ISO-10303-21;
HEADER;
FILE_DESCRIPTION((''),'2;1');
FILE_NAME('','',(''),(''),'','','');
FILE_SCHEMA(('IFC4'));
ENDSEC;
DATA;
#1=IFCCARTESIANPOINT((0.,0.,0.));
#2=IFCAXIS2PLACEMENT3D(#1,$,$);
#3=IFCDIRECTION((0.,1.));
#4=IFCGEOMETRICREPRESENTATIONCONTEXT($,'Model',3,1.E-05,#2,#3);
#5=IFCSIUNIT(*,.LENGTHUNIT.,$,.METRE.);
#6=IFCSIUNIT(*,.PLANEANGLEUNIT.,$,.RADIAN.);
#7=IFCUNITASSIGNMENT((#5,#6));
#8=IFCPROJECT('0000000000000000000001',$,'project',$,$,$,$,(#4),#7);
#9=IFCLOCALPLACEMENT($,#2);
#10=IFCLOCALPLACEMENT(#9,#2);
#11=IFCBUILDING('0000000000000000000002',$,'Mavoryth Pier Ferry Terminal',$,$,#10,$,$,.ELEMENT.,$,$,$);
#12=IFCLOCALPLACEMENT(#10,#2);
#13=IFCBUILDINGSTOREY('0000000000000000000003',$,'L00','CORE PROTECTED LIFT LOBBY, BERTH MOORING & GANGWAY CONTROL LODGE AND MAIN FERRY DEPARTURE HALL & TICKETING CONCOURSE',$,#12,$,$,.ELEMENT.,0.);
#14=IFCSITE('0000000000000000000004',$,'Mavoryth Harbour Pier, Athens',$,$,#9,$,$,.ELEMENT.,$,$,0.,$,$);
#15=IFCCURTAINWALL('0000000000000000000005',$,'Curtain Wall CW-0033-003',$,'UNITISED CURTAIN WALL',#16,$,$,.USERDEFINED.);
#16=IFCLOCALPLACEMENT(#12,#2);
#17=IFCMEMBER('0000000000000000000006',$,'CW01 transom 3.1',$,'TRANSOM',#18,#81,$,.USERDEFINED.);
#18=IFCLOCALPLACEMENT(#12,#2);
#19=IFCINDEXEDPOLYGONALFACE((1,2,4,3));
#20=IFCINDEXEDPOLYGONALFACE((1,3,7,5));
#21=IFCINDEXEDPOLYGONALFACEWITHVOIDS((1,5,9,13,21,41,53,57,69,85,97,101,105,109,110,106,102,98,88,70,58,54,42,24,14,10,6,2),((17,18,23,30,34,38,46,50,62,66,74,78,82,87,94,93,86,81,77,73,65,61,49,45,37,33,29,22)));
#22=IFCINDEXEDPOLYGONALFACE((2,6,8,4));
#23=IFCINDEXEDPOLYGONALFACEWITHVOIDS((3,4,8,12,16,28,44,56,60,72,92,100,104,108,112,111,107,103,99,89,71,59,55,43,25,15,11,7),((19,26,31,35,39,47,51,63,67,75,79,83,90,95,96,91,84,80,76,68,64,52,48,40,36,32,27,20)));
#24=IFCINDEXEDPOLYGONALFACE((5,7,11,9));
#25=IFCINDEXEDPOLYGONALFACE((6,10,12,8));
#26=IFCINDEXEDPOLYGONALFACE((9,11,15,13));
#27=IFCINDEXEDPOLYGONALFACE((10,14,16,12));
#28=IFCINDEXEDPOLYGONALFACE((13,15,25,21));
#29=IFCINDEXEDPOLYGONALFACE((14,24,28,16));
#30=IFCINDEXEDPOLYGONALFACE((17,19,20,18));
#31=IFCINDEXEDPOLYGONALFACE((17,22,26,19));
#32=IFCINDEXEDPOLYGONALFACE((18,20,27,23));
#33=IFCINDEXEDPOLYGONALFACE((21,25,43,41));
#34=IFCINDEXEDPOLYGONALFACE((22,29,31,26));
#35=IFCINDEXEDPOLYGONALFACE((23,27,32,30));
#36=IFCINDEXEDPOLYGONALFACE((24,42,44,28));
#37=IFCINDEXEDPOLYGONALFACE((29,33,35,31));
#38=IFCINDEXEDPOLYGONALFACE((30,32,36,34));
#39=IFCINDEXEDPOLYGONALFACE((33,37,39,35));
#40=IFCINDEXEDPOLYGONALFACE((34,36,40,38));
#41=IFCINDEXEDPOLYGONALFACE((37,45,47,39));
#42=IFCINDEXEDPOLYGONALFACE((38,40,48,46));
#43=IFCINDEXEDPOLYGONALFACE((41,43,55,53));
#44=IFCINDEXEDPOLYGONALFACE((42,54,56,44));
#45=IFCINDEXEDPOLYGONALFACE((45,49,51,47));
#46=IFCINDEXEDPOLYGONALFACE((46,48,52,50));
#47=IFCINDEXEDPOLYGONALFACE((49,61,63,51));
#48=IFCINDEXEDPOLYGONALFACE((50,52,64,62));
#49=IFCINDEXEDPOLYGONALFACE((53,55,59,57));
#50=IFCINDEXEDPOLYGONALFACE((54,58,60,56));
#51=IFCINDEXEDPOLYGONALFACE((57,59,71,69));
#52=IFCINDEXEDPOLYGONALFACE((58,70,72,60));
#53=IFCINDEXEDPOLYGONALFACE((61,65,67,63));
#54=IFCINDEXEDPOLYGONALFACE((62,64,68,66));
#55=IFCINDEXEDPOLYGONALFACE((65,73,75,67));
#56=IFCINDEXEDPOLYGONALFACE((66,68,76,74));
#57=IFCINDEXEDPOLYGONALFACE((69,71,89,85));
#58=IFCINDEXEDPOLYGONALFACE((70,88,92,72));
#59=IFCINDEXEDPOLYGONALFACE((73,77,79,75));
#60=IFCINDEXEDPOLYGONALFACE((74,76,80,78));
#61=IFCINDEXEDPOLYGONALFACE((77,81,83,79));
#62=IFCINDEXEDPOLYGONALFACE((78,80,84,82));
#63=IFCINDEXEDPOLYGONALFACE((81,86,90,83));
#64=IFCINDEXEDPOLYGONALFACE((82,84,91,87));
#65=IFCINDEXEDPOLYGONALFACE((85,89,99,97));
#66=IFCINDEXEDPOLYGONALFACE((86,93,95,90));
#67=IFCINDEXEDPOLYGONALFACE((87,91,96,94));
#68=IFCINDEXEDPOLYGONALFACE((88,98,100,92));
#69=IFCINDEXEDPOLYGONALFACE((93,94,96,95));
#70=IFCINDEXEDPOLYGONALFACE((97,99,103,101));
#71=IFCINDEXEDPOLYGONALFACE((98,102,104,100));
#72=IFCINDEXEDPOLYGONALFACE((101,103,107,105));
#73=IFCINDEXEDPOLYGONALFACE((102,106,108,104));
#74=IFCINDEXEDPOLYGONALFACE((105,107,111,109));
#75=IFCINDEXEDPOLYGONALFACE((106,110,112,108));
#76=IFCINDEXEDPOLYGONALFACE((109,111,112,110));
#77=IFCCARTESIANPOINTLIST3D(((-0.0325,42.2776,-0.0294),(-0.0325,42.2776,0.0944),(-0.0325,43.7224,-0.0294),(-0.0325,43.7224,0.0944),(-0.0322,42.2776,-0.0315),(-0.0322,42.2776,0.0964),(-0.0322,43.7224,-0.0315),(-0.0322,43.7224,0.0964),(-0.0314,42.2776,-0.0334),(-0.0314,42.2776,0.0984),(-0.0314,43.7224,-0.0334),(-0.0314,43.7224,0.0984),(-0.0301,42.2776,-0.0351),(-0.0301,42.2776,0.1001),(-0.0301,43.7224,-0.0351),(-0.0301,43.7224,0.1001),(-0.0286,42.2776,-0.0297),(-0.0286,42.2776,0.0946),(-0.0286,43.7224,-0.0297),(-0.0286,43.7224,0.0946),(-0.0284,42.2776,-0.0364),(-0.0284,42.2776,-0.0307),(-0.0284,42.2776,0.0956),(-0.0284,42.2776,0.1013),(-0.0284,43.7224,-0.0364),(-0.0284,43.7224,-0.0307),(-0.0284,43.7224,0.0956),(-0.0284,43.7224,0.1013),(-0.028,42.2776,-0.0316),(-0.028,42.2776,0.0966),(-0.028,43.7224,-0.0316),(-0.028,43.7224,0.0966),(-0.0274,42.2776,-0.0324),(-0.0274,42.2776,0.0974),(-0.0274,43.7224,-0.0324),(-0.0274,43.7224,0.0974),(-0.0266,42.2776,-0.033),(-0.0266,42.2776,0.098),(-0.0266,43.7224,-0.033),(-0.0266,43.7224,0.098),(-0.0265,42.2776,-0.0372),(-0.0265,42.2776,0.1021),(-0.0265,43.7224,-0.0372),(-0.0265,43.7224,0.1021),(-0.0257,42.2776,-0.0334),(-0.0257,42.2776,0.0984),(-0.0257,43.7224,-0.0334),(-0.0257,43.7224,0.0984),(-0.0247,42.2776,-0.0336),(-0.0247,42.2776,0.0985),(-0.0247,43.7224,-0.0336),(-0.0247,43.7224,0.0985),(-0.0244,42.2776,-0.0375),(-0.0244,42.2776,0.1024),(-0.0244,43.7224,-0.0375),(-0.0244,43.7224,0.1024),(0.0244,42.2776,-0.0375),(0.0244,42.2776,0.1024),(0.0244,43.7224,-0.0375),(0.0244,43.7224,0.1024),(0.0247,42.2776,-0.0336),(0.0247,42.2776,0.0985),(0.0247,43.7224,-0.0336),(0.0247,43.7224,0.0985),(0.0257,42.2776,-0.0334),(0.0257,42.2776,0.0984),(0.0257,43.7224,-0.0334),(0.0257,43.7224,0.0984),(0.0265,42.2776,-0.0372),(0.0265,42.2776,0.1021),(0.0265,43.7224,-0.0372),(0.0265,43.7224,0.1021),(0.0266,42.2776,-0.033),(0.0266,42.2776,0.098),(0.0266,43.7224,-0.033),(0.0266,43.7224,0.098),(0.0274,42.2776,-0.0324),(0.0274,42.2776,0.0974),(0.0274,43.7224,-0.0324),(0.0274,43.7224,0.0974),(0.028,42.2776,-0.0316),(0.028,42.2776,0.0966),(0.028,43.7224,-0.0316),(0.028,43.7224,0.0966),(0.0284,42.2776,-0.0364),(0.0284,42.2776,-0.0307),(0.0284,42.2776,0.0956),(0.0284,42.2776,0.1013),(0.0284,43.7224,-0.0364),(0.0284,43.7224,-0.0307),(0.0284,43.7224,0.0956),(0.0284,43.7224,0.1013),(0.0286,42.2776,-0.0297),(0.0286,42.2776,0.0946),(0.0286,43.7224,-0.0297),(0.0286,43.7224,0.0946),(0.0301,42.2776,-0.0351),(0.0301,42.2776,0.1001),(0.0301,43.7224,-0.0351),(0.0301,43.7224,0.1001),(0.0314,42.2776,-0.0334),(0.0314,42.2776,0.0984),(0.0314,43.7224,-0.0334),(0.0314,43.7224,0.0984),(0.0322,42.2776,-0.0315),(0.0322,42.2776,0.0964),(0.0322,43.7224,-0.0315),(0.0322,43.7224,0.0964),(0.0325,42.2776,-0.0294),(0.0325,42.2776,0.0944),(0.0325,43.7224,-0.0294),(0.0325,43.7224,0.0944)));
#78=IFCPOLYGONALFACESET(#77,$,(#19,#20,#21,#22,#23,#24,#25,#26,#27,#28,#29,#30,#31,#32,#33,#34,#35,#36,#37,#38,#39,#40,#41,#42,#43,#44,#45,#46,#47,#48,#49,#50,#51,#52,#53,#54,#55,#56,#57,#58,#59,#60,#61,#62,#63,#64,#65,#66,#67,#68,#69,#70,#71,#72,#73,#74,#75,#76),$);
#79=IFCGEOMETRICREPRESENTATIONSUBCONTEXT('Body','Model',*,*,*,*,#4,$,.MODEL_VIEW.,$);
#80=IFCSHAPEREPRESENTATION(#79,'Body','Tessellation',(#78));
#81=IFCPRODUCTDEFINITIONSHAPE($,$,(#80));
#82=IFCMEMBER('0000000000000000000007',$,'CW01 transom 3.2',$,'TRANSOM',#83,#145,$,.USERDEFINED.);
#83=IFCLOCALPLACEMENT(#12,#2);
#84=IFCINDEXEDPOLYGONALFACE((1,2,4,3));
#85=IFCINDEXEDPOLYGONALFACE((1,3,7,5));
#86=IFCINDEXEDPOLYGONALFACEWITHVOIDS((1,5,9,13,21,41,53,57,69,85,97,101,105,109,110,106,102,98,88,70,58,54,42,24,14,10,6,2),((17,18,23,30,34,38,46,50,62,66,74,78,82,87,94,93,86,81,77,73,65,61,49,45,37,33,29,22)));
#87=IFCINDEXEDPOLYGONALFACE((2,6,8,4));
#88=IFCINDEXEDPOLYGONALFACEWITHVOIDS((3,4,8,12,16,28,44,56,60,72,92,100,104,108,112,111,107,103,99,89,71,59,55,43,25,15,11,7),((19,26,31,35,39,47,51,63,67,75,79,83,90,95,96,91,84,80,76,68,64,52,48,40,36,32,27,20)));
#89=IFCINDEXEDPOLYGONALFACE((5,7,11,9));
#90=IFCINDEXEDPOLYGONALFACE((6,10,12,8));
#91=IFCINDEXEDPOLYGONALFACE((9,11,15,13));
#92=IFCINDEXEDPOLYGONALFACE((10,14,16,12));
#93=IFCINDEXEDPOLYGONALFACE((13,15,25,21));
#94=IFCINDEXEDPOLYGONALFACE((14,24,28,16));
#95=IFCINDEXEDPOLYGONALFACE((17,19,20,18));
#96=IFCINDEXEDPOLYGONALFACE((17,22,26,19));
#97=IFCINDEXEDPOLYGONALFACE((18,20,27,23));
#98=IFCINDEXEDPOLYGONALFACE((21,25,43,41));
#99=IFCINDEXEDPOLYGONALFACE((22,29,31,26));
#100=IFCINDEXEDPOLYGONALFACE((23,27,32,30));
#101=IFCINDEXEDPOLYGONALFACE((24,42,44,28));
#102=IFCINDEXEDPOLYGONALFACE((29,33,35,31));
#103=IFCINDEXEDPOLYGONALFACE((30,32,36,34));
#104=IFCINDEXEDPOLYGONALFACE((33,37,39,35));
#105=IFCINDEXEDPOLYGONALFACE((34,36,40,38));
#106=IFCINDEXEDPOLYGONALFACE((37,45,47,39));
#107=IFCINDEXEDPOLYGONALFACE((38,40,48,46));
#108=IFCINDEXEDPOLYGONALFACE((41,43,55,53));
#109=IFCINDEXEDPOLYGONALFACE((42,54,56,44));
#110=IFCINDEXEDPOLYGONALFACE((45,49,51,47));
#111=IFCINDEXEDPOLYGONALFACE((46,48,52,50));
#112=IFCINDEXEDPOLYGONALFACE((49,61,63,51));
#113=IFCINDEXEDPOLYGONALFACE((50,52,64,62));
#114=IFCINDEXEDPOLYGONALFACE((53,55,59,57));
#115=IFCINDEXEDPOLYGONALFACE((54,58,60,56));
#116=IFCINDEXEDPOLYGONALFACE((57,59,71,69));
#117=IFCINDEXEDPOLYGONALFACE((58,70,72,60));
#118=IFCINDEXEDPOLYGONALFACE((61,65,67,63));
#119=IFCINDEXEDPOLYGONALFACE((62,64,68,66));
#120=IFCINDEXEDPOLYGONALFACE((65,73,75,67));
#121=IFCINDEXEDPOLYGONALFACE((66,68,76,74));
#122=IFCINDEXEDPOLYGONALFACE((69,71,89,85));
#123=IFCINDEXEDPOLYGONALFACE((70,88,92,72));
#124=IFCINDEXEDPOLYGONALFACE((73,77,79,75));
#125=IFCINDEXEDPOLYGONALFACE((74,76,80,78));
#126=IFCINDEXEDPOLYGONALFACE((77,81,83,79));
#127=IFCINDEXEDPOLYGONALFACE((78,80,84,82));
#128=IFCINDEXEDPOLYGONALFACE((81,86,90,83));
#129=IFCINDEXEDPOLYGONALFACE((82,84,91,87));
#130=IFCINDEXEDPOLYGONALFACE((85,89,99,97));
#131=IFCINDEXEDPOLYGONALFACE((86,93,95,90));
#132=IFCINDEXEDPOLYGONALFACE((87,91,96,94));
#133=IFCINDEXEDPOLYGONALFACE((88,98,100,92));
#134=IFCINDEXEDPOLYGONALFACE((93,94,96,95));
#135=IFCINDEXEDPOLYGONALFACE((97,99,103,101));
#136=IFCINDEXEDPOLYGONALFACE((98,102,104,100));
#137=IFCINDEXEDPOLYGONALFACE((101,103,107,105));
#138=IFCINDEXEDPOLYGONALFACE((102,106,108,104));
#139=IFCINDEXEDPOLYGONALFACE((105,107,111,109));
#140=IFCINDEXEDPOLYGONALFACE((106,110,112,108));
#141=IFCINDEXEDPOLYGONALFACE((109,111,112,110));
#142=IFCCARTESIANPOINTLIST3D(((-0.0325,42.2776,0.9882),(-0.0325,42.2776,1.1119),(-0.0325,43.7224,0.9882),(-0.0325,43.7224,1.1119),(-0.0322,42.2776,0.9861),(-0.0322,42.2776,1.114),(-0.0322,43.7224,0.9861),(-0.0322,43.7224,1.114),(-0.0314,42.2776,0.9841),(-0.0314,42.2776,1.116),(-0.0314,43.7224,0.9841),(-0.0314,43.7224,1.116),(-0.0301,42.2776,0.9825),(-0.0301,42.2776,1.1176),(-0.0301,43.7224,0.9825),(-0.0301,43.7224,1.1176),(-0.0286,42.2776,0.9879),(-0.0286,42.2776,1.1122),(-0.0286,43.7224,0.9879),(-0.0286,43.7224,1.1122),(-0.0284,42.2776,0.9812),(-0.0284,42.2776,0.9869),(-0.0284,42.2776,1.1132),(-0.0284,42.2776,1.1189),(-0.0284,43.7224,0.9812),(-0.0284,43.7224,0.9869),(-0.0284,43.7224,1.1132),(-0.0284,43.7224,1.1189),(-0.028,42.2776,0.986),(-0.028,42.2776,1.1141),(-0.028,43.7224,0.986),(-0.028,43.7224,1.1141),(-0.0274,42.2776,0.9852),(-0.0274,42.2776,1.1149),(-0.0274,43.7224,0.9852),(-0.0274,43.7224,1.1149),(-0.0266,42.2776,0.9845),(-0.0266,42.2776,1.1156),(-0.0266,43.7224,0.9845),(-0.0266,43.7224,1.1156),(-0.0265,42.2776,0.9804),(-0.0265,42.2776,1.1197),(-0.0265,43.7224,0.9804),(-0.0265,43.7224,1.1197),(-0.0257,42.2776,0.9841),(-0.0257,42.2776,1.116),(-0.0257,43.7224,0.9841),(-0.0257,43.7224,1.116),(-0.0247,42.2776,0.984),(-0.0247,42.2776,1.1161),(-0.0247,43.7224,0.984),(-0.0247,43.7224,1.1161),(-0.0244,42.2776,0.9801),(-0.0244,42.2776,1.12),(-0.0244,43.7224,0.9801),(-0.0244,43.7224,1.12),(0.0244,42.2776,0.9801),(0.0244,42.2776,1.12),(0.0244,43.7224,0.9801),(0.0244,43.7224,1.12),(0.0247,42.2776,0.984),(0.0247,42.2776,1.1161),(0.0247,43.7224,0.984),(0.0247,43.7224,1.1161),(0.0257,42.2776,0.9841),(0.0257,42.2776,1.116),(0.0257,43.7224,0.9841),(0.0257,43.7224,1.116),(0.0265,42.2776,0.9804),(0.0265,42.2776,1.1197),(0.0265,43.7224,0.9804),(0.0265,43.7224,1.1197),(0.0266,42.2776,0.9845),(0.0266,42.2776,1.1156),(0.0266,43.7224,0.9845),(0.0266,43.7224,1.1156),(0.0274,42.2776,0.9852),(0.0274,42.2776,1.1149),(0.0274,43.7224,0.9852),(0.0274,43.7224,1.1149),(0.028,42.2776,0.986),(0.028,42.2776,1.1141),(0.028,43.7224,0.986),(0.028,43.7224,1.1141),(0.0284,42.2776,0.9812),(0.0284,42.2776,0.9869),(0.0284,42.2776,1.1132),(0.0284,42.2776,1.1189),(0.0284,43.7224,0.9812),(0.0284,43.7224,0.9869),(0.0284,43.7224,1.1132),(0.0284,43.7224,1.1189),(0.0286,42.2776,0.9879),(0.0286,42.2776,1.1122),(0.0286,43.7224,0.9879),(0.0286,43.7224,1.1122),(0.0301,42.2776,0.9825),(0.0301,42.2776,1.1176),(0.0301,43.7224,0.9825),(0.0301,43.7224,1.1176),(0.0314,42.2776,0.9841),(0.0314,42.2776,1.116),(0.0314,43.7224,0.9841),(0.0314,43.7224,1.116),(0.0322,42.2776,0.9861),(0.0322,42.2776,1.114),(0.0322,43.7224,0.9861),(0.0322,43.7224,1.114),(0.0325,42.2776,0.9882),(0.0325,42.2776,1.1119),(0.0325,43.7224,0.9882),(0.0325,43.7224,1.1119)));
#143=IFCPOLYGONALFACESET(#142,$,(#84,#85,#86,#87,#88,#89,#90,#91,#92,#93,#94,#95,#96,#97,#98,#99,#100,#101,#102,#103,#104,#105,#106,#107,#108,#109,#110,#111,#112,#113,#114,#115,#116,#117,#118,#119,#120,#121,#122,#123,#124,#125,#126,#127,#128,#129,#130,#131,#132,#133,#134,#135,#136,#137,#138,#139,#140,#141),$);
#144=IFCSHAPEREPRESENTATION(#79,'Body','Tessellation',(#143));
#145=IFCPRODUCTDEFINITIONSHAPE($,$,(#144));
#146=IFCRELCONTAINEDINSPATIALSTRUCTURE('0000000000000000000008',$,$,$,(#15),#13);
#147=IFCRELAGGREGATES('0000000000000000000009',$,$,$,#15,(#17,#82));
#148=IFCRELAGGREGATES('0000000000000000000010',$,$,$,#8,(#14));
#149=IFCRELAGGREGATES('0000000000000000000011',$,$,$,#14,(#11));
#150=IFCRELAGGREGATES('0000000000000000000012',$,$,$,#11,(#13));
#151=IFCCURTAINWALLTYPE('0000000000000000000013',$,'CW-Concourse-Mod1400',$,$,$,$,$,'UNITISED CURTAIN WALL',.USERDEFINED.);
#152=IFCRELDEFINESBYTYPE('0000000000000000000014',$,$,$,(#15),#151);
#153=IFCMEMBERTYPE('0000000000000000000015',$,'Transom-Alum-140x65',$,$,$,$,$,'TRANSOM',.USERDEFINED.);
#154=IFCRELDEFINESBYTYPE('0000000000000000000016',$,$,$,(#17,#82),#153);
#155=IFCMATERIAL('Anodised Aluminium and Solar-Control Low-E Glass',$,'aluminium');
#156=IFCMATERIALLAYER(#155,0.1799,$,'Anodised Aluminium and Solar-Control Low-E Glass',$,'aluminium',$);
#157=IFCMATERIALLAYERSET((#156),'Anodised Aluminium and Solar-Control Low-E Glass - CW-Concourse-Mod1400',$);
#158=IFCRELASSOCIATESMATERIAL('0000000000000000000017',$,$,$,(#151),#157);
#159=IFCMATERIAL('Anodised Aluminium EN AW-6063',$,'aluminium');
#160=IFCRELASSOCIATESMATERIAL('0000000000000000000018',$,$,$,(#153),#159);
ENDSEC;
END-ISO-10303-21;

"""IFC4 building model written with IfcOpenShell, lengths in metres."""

from ifc_helpers import new_model, si_unit, direction, frame, origin, origin_2d, place, context, subcontext, project, spatial, hollow_rectangle, extrude, material, layer, layer_set, material_profile, profile_set, type_object, element, aggregate, save


model = new_model("IFC4")

# Units and contexts
model_context = context("Model", 3, precision=1e-05, world=origin(), true_north=direction((0.0, 1.0)))
body_context = subcontext(model_context, "Body", "Model", "MODEL_VIEW")
ifc_project = project(units=[si_unit("LENGTHUNIT", "METRE"), si_unit("PLANEANGLEUNIT", "RADIAN")], contexts=[model_context])

# Site, building, storey
site_placement = place(None, origin())
site = spatial("IfcSite", under=ifc_project, at=site_placement, Name="Mavoryth Harbour Pier, Athens", CompositionType="ELEMENT", RefElevation=0.0)
building_placement = place(site_placement, origin())
building = spatial("IfcBuilding", under=site, at=building_placement, Name="Mavoryth Pier Ferry Terminal", CompositionType="ELEMENT")
storey_placement = place(building_placement, origin())
storey = spatial("IfcBuildingStorey", under=building, at=storey_placement, Name="L00", Description="CORE PROTECTED LIFT LOBBY, BERTH MOORING & GANGWAY CONTROL LODGE AND MAIN FERRY DEPARTURE HALL & TICKETING CONCOURSE", CompositionType="ELEMENT", Elevation=0.0)

# Curtain wall, members
ifc_material_1 = material(Name="Anodised Aluminium and Solar-Control Low-E Glass", Category="aluminium")
ifc_layer_1 = layer(ifc_material_1, 0.1799, Name="Anodised Aluminium and Solar-Control Low-E Glass", Category="aluminium")
ifc_layer_set_1 = layer_set([ifc_layer_1], Name="Anodised Aluminium and Solar-Control Low-E Glass - CW-Concourse-Mod1400")
curtain_wall_type = type_object("IfcCurtainWallType", Name="CW-Concourse-Mod1400", ElementType="UNITISED CURTAIN WALL", PredefinedType="USERDEFINED", material=ifc_layer_set_1)
curtain_wall_placement = place(storey_placement, origin())
curtain_wall = element("IfcCurtainWall", 1, at=curtain_wall_placement, inside=storey, type_object=curtain_wall_type, Name="Curtain Wall CW-0033-003", ObjectType="UNITISED CURTAIN WALL", PredefinedType="USERDEFINED")
ifc_material_2 = material(Name="Anodised Aluminium EN AW-6063", Category="aluminium")
ifc_material_profile_1 = material_profile(ifc_material_2, hollow_rectangle(XDim=0.0649, YDim=0.1399, WallThickness=0.0039, InnerFilletRadius=0.0039, OuterFilletRadius=0.0081, at=origin_2d()), Name="AL-TRAN 140x65x4", Category="aluminium")
ifc_profile_set_1 = profile_set([ifc_material_profile_1], Name="Anodised Aluminium EN AW-6063 - AL-TRAN 140x65x4")
member_type_1 = type_object("IfcMemberType", Name="Transom-Alum-140x65", ElementType="TRANSOM", PredefinedType="USERDEFINED", material=ifc_profile_set_1)
member_1_placement = place(storey_placement, frame((0.0, 43.7224, 0.0325), z_axis=(0.0, -1.0, 0.0), x_axis=(1.0, 0.0, 0.0)))
member_1 = element("IfcMember", 2, at=member_1_placement, type_object=member_type_1, Name="CW01 transom 3.1", ObjectType="TRANSOM", PredefinedType="USERDEFINED", context=body_context, shape_type="SweptSolid", body=[
    extrude(hollow_rectangle(XDim=0.0649, YDim=0.1399, WallThickness=0.0039, InnerFilletRadius=0.0039, OuterFilletRadius=0.0081, at=origin_2d()), origin(), (0.0, 0.0, 1.0), 1.4448),
])
member_2_placement = place(storey_placement, frame((0.0, 43.7224, 1.05), z_axis=(0.0, -1.0, 0.0), x_axis=(1.0, 0.0, 0.0)))
member_2 = element("IfcMember", 3, at=member_2_placement, type_object=member_type_1, Name="CW01 transom 3.2", ObjectType="TRANSOM", PredefinedType="USERDEFINED", context=body_context, shape_type="SweptSolid", body=[
    extrude(hollow_rectangle(XDim=0.0649, YDim=0.1399, WallThickness=0.0039, InnerFilletRadius=0.0039, OuterFilletRadius=0.0081, at=origin_2d()), origin(), (0.0, 0.0, 1.0), 1.4448),
])
aggregate(curtain_wall, [member_1, member_2])

save(model, "model.ifc")
